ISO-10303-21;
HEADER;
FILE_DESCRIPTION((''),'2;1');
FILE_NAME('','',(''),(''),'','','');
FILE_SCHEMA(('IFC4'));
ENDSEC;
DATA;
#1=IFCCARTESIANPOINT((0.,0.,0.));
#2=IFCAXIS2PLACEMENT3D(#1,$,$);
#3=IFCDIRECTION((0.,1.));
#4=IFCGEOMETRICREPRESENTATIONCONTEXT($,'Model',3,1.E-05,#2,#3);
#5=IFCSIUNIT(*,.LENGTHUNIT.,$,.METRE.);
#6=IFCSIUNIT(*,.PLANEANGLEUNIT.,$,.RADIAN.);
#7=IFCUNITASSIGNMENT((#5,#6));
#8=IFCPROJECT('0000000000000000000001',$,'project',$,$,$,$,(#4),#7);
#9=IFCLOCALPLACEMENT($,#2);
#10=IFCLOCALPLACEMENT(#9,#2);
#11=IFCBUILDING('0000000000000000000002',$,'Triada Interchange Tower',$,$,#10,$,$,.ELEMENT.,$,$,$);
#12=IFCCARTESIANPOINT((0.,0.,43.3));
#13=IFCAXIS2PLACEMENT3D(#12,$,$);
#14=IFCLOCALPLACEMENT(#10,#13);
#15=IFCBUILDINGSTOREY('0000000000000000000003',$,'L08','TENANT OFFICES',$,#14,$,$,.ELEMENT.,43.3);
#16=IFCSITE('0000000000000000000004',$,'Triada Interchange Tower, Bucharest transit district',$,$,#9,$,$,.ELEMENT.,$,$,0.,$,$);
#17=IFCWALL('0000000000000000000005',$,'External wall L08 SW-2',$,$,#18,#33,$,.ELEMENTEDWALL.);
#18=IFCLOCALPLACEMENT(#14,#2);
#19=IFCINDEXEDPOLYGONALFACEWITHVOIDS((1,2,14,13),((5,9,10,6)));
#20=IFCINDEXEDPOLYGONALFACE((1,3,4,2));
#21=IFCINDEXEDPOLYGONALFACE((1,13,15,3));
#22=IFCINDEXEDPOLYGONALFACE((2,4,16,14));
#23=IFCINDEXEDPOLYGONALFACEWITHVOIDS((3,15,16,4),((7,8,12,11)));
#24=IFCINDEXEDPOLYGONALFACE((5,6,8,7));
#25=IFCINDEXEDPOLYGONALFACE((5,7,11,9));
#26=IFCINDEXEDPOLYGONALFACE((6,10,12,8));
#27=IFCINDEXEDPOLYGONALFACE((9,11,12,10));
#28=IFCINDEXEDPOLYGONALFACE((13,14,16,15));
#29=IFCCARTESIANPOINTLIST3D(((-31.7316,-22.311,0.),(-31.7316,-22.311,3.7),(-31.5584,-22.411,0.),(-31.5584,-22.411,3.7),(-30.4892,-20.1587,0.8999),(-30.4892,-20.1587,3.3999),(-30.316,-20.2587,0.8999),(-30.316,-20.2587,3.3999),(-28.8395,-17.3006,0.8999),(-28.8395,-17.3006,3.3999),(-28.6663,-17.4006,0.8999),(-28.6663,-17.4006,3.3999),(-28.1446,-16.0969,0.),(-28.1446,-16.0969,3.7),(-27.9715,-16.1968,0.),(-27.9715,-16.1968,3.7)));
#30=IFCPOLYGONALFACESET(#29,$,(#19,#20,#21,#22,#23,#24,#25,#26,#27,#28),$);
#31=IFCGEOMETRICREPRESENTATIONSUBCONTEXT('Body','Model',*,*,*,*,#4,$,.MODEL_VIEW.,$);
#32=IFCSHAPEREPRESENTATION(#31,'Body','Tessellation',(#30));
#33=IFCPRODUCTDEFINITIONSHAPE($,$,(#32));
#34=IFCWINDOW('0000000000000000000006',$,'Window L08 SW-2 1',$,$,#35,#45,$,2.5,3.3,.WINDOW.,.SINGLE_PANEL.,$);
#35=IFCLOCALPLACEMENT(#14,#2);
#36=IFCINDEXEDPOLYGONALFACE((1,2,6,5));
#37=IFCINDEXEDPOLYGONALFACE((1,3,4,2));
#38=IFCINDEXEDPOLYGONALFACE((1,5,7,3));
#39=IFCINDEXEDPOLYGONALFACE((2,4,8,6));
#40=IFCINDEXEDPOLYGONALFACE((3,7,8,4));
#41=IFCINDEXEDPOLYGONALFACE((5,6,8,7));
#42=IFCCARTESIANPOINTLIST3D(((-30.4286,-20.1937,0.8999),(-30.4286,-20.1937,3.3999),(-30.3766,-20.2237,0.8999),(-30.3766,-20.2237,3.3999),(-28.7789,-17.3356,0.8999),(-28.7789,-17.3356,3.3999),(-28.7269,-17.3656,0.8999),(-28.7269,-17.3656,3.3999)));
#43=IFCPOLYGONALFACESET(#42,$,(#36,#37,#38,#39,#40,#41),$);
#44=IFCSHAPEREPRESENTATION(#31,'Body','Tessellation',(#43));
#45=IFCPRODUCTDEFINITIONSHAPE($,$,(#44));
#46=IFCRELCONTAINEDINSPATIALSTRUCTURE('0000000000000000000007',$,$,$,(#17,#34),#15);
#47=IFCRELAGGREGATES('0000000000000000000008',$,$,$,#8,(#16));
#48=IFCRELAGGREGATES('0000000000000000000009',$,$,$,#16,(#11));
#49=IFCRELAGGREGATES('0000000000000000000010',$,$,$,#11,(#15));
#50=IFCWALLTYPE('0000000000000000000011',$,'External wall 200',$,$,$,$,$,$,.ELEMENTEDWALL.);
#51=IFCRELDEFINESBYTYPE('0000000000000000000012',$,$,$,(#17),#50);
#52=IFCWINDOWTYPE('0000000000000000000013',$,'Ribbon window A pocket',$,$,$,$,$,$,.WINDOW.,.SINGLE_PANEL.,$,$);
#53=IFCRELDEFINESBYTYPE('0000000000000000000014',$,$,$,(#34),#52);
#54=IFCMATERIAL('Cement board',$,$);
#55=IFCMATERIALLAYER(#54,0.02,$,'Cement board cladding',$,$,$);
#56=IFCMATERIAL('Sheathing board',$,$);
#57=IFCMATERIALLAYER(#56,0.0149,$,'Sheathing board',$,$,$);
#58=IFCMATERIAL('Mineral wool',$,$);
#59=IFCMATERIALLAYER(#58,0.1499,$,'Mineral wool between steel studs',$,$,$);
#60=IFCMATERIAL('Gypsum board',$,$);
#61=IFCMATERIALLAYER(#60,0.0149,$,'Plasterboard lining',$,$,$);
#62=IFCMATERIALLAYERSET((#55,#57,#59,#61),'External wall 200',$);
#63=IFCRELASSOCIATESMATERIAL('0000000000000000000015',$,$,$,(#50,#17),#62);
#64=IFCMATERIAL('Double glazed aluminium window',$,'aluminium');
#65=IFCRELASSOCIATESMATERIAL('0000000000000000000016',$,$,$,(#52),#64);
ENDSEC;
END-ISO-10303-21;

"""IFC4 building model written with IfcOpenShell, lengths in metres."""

from ifc_helpers import new_model, si_unit, direction, frame, frame_2d, origin, place, context, subcontext, project, spatial, rectangle, extrude, material, layer, layer_set, layer_usage, type_object, element, fill, save


model = new_model("IFC4")

# Units and contexts
model_context = context("Model", 3, precision=1e-05, world=origin(), true_north=direction((0.0, 1.0)))
body_context = subcontext(model_context, "Body", "Model", "MODEL_VIEW")
ifc_project = project(units=[si_unit("LENGTHUNIT", "METRE"), si_unit("PLANEANGLEUNIT", "RADIAN")], contexts=[model_context])

# Site, building, storey
site_placement = place(None, origin())
site = spatial("IfcSite", under=ifc_project, at=site_placement, Name="Triada Interchange Tower, Bucharest transit district", CompositionType="ELEMENT", RefElevation=0.0)
building_placement = place(site_placement, origin())
building = spatial("IfcBuilding", under=site, at=building_placement, Name="Triada Interchange Tower", CompositionType="ELEMENT")
storey_placement = place(building_placement, frame((0.0, 0.0, 43.3)))
storey = spatial("IfcBuildingStorey", under=building, at=storey_placement, Name="L08", Description="TENANT OFFICES", CompositionType="ELEMENT", Elevation=43.3)

# Wall, opening, window
ifc_material_1 = material(Name="Cement board")
ifc_layer_1 = layer(ifc_material_1, 0.02, Name="Cement board cladding")
ifc_material_2 = material(Name="Sheathing board")
ifc_layer_2 = layer(ifc_material_2, 0.0149, Name="Sheathing board")
ifc_material_3 = material(Name="Mineral wool")
ifc_layer_3 = layer(ifc_material_3, 0.1499, Name="Mineral wool between steel studs")
ifc_material_4 = material(Name="Gypsum board")
ifc_layer_4 = layer(ifc_material_4, 0.0149, Name="Plasterboard lining")
ifc_layer_set_1 = layer_set([ifc_layer_1, ifc_layer_2, ifc_layer_3, ifc_layer_4], Name="External wall 200")
ifc_layer_usage = layer_usage(ifc_layer_set_1, "AXIS2", "POSITIVE", -0.1001)
wall_type_1 = type_object("IfcWallType", Name="External wall 200", PredefinedType="ELEMENTEDWALL", material=ifc_layer_set_1)
ifc_material_5 = material(Name="Double glazed aluminium window", Category="aluminium")
window_type_1 = type_object("IfcWindowType", Name="Ribbon window A pocket", PartitioningType="SINGLE_PANEL", PredefinedType="WINDOW", material=ifc_material_5)
wall_1_placement = place(storey_placement, frame((-28.0581, -16.147, 0.0), z_axis=(0.0, 0.0, 1.0), x_axis=(-0.499916, -0.866074, 0.0)))
wall_1 = element("IfcWall", 1, at=wall_1_placement, inside=storey, type_object=wall_type_1, material=ifc_layer_usage, Name="External wall L08 SW-2", PredefinedType="ELEMENTEDWALL", context=body_context, shape_type="SweptSolid", body=[
    extrude(rectangle(XDim=7.175, YDim=0.2, at=frame_2d((3.5874, 0.0))), origin(), (0.0, 0.0, 1.0), 3.7),
])
opening_1_placement = place(wall_1_placement, frame((1.3899, 0.0, 0.8999)))
opening_1 = element("IfcOpeningElement", 2, at=opening_1_placement, cuts=wall_1, PredefinedType="OPENING", context=body_context, shape_type="SweptSolid", body=[
    extrude(rectangle(XDim=3.3, YDim=2.5, at=frame_2d((1.6499, 1.25))), frame((0.0, 0.1099, 0.0), z_axis=(0.0, -1.0, 0.0), x_axis=(1.0, 0.0, 0.0)), (0.0, 0.0, 1.0), 0.22),
])
window_1_placement = place(opening_1_placement, origin())
window_1 = element("IfcWindow", 3, at=window_1_placement, inside=storey, type_object=window_type_1, Name="Window L08 SW-2 1", OverallHeight=2.5, OverallWidth=3.3, PartitioningType="SINGLE_PANEL", PredefinedType="WINDOW", context=body_context, shape_type="SweptSolid", body=[
    extrude(rectangle(XDim=3.3, YDim=2.5, at=frame_2d((1.6499, 1.25))), frame((0.0, 0.03, 0.0), z_axis=(0.0, -1.0, 0.0), x_axis=(1.0, 0.0, 0.0)), (0.0, 0.0, 1.0), 0.0601),
])
fill(opening_1, window_1)

save(model, "model.ifc")
